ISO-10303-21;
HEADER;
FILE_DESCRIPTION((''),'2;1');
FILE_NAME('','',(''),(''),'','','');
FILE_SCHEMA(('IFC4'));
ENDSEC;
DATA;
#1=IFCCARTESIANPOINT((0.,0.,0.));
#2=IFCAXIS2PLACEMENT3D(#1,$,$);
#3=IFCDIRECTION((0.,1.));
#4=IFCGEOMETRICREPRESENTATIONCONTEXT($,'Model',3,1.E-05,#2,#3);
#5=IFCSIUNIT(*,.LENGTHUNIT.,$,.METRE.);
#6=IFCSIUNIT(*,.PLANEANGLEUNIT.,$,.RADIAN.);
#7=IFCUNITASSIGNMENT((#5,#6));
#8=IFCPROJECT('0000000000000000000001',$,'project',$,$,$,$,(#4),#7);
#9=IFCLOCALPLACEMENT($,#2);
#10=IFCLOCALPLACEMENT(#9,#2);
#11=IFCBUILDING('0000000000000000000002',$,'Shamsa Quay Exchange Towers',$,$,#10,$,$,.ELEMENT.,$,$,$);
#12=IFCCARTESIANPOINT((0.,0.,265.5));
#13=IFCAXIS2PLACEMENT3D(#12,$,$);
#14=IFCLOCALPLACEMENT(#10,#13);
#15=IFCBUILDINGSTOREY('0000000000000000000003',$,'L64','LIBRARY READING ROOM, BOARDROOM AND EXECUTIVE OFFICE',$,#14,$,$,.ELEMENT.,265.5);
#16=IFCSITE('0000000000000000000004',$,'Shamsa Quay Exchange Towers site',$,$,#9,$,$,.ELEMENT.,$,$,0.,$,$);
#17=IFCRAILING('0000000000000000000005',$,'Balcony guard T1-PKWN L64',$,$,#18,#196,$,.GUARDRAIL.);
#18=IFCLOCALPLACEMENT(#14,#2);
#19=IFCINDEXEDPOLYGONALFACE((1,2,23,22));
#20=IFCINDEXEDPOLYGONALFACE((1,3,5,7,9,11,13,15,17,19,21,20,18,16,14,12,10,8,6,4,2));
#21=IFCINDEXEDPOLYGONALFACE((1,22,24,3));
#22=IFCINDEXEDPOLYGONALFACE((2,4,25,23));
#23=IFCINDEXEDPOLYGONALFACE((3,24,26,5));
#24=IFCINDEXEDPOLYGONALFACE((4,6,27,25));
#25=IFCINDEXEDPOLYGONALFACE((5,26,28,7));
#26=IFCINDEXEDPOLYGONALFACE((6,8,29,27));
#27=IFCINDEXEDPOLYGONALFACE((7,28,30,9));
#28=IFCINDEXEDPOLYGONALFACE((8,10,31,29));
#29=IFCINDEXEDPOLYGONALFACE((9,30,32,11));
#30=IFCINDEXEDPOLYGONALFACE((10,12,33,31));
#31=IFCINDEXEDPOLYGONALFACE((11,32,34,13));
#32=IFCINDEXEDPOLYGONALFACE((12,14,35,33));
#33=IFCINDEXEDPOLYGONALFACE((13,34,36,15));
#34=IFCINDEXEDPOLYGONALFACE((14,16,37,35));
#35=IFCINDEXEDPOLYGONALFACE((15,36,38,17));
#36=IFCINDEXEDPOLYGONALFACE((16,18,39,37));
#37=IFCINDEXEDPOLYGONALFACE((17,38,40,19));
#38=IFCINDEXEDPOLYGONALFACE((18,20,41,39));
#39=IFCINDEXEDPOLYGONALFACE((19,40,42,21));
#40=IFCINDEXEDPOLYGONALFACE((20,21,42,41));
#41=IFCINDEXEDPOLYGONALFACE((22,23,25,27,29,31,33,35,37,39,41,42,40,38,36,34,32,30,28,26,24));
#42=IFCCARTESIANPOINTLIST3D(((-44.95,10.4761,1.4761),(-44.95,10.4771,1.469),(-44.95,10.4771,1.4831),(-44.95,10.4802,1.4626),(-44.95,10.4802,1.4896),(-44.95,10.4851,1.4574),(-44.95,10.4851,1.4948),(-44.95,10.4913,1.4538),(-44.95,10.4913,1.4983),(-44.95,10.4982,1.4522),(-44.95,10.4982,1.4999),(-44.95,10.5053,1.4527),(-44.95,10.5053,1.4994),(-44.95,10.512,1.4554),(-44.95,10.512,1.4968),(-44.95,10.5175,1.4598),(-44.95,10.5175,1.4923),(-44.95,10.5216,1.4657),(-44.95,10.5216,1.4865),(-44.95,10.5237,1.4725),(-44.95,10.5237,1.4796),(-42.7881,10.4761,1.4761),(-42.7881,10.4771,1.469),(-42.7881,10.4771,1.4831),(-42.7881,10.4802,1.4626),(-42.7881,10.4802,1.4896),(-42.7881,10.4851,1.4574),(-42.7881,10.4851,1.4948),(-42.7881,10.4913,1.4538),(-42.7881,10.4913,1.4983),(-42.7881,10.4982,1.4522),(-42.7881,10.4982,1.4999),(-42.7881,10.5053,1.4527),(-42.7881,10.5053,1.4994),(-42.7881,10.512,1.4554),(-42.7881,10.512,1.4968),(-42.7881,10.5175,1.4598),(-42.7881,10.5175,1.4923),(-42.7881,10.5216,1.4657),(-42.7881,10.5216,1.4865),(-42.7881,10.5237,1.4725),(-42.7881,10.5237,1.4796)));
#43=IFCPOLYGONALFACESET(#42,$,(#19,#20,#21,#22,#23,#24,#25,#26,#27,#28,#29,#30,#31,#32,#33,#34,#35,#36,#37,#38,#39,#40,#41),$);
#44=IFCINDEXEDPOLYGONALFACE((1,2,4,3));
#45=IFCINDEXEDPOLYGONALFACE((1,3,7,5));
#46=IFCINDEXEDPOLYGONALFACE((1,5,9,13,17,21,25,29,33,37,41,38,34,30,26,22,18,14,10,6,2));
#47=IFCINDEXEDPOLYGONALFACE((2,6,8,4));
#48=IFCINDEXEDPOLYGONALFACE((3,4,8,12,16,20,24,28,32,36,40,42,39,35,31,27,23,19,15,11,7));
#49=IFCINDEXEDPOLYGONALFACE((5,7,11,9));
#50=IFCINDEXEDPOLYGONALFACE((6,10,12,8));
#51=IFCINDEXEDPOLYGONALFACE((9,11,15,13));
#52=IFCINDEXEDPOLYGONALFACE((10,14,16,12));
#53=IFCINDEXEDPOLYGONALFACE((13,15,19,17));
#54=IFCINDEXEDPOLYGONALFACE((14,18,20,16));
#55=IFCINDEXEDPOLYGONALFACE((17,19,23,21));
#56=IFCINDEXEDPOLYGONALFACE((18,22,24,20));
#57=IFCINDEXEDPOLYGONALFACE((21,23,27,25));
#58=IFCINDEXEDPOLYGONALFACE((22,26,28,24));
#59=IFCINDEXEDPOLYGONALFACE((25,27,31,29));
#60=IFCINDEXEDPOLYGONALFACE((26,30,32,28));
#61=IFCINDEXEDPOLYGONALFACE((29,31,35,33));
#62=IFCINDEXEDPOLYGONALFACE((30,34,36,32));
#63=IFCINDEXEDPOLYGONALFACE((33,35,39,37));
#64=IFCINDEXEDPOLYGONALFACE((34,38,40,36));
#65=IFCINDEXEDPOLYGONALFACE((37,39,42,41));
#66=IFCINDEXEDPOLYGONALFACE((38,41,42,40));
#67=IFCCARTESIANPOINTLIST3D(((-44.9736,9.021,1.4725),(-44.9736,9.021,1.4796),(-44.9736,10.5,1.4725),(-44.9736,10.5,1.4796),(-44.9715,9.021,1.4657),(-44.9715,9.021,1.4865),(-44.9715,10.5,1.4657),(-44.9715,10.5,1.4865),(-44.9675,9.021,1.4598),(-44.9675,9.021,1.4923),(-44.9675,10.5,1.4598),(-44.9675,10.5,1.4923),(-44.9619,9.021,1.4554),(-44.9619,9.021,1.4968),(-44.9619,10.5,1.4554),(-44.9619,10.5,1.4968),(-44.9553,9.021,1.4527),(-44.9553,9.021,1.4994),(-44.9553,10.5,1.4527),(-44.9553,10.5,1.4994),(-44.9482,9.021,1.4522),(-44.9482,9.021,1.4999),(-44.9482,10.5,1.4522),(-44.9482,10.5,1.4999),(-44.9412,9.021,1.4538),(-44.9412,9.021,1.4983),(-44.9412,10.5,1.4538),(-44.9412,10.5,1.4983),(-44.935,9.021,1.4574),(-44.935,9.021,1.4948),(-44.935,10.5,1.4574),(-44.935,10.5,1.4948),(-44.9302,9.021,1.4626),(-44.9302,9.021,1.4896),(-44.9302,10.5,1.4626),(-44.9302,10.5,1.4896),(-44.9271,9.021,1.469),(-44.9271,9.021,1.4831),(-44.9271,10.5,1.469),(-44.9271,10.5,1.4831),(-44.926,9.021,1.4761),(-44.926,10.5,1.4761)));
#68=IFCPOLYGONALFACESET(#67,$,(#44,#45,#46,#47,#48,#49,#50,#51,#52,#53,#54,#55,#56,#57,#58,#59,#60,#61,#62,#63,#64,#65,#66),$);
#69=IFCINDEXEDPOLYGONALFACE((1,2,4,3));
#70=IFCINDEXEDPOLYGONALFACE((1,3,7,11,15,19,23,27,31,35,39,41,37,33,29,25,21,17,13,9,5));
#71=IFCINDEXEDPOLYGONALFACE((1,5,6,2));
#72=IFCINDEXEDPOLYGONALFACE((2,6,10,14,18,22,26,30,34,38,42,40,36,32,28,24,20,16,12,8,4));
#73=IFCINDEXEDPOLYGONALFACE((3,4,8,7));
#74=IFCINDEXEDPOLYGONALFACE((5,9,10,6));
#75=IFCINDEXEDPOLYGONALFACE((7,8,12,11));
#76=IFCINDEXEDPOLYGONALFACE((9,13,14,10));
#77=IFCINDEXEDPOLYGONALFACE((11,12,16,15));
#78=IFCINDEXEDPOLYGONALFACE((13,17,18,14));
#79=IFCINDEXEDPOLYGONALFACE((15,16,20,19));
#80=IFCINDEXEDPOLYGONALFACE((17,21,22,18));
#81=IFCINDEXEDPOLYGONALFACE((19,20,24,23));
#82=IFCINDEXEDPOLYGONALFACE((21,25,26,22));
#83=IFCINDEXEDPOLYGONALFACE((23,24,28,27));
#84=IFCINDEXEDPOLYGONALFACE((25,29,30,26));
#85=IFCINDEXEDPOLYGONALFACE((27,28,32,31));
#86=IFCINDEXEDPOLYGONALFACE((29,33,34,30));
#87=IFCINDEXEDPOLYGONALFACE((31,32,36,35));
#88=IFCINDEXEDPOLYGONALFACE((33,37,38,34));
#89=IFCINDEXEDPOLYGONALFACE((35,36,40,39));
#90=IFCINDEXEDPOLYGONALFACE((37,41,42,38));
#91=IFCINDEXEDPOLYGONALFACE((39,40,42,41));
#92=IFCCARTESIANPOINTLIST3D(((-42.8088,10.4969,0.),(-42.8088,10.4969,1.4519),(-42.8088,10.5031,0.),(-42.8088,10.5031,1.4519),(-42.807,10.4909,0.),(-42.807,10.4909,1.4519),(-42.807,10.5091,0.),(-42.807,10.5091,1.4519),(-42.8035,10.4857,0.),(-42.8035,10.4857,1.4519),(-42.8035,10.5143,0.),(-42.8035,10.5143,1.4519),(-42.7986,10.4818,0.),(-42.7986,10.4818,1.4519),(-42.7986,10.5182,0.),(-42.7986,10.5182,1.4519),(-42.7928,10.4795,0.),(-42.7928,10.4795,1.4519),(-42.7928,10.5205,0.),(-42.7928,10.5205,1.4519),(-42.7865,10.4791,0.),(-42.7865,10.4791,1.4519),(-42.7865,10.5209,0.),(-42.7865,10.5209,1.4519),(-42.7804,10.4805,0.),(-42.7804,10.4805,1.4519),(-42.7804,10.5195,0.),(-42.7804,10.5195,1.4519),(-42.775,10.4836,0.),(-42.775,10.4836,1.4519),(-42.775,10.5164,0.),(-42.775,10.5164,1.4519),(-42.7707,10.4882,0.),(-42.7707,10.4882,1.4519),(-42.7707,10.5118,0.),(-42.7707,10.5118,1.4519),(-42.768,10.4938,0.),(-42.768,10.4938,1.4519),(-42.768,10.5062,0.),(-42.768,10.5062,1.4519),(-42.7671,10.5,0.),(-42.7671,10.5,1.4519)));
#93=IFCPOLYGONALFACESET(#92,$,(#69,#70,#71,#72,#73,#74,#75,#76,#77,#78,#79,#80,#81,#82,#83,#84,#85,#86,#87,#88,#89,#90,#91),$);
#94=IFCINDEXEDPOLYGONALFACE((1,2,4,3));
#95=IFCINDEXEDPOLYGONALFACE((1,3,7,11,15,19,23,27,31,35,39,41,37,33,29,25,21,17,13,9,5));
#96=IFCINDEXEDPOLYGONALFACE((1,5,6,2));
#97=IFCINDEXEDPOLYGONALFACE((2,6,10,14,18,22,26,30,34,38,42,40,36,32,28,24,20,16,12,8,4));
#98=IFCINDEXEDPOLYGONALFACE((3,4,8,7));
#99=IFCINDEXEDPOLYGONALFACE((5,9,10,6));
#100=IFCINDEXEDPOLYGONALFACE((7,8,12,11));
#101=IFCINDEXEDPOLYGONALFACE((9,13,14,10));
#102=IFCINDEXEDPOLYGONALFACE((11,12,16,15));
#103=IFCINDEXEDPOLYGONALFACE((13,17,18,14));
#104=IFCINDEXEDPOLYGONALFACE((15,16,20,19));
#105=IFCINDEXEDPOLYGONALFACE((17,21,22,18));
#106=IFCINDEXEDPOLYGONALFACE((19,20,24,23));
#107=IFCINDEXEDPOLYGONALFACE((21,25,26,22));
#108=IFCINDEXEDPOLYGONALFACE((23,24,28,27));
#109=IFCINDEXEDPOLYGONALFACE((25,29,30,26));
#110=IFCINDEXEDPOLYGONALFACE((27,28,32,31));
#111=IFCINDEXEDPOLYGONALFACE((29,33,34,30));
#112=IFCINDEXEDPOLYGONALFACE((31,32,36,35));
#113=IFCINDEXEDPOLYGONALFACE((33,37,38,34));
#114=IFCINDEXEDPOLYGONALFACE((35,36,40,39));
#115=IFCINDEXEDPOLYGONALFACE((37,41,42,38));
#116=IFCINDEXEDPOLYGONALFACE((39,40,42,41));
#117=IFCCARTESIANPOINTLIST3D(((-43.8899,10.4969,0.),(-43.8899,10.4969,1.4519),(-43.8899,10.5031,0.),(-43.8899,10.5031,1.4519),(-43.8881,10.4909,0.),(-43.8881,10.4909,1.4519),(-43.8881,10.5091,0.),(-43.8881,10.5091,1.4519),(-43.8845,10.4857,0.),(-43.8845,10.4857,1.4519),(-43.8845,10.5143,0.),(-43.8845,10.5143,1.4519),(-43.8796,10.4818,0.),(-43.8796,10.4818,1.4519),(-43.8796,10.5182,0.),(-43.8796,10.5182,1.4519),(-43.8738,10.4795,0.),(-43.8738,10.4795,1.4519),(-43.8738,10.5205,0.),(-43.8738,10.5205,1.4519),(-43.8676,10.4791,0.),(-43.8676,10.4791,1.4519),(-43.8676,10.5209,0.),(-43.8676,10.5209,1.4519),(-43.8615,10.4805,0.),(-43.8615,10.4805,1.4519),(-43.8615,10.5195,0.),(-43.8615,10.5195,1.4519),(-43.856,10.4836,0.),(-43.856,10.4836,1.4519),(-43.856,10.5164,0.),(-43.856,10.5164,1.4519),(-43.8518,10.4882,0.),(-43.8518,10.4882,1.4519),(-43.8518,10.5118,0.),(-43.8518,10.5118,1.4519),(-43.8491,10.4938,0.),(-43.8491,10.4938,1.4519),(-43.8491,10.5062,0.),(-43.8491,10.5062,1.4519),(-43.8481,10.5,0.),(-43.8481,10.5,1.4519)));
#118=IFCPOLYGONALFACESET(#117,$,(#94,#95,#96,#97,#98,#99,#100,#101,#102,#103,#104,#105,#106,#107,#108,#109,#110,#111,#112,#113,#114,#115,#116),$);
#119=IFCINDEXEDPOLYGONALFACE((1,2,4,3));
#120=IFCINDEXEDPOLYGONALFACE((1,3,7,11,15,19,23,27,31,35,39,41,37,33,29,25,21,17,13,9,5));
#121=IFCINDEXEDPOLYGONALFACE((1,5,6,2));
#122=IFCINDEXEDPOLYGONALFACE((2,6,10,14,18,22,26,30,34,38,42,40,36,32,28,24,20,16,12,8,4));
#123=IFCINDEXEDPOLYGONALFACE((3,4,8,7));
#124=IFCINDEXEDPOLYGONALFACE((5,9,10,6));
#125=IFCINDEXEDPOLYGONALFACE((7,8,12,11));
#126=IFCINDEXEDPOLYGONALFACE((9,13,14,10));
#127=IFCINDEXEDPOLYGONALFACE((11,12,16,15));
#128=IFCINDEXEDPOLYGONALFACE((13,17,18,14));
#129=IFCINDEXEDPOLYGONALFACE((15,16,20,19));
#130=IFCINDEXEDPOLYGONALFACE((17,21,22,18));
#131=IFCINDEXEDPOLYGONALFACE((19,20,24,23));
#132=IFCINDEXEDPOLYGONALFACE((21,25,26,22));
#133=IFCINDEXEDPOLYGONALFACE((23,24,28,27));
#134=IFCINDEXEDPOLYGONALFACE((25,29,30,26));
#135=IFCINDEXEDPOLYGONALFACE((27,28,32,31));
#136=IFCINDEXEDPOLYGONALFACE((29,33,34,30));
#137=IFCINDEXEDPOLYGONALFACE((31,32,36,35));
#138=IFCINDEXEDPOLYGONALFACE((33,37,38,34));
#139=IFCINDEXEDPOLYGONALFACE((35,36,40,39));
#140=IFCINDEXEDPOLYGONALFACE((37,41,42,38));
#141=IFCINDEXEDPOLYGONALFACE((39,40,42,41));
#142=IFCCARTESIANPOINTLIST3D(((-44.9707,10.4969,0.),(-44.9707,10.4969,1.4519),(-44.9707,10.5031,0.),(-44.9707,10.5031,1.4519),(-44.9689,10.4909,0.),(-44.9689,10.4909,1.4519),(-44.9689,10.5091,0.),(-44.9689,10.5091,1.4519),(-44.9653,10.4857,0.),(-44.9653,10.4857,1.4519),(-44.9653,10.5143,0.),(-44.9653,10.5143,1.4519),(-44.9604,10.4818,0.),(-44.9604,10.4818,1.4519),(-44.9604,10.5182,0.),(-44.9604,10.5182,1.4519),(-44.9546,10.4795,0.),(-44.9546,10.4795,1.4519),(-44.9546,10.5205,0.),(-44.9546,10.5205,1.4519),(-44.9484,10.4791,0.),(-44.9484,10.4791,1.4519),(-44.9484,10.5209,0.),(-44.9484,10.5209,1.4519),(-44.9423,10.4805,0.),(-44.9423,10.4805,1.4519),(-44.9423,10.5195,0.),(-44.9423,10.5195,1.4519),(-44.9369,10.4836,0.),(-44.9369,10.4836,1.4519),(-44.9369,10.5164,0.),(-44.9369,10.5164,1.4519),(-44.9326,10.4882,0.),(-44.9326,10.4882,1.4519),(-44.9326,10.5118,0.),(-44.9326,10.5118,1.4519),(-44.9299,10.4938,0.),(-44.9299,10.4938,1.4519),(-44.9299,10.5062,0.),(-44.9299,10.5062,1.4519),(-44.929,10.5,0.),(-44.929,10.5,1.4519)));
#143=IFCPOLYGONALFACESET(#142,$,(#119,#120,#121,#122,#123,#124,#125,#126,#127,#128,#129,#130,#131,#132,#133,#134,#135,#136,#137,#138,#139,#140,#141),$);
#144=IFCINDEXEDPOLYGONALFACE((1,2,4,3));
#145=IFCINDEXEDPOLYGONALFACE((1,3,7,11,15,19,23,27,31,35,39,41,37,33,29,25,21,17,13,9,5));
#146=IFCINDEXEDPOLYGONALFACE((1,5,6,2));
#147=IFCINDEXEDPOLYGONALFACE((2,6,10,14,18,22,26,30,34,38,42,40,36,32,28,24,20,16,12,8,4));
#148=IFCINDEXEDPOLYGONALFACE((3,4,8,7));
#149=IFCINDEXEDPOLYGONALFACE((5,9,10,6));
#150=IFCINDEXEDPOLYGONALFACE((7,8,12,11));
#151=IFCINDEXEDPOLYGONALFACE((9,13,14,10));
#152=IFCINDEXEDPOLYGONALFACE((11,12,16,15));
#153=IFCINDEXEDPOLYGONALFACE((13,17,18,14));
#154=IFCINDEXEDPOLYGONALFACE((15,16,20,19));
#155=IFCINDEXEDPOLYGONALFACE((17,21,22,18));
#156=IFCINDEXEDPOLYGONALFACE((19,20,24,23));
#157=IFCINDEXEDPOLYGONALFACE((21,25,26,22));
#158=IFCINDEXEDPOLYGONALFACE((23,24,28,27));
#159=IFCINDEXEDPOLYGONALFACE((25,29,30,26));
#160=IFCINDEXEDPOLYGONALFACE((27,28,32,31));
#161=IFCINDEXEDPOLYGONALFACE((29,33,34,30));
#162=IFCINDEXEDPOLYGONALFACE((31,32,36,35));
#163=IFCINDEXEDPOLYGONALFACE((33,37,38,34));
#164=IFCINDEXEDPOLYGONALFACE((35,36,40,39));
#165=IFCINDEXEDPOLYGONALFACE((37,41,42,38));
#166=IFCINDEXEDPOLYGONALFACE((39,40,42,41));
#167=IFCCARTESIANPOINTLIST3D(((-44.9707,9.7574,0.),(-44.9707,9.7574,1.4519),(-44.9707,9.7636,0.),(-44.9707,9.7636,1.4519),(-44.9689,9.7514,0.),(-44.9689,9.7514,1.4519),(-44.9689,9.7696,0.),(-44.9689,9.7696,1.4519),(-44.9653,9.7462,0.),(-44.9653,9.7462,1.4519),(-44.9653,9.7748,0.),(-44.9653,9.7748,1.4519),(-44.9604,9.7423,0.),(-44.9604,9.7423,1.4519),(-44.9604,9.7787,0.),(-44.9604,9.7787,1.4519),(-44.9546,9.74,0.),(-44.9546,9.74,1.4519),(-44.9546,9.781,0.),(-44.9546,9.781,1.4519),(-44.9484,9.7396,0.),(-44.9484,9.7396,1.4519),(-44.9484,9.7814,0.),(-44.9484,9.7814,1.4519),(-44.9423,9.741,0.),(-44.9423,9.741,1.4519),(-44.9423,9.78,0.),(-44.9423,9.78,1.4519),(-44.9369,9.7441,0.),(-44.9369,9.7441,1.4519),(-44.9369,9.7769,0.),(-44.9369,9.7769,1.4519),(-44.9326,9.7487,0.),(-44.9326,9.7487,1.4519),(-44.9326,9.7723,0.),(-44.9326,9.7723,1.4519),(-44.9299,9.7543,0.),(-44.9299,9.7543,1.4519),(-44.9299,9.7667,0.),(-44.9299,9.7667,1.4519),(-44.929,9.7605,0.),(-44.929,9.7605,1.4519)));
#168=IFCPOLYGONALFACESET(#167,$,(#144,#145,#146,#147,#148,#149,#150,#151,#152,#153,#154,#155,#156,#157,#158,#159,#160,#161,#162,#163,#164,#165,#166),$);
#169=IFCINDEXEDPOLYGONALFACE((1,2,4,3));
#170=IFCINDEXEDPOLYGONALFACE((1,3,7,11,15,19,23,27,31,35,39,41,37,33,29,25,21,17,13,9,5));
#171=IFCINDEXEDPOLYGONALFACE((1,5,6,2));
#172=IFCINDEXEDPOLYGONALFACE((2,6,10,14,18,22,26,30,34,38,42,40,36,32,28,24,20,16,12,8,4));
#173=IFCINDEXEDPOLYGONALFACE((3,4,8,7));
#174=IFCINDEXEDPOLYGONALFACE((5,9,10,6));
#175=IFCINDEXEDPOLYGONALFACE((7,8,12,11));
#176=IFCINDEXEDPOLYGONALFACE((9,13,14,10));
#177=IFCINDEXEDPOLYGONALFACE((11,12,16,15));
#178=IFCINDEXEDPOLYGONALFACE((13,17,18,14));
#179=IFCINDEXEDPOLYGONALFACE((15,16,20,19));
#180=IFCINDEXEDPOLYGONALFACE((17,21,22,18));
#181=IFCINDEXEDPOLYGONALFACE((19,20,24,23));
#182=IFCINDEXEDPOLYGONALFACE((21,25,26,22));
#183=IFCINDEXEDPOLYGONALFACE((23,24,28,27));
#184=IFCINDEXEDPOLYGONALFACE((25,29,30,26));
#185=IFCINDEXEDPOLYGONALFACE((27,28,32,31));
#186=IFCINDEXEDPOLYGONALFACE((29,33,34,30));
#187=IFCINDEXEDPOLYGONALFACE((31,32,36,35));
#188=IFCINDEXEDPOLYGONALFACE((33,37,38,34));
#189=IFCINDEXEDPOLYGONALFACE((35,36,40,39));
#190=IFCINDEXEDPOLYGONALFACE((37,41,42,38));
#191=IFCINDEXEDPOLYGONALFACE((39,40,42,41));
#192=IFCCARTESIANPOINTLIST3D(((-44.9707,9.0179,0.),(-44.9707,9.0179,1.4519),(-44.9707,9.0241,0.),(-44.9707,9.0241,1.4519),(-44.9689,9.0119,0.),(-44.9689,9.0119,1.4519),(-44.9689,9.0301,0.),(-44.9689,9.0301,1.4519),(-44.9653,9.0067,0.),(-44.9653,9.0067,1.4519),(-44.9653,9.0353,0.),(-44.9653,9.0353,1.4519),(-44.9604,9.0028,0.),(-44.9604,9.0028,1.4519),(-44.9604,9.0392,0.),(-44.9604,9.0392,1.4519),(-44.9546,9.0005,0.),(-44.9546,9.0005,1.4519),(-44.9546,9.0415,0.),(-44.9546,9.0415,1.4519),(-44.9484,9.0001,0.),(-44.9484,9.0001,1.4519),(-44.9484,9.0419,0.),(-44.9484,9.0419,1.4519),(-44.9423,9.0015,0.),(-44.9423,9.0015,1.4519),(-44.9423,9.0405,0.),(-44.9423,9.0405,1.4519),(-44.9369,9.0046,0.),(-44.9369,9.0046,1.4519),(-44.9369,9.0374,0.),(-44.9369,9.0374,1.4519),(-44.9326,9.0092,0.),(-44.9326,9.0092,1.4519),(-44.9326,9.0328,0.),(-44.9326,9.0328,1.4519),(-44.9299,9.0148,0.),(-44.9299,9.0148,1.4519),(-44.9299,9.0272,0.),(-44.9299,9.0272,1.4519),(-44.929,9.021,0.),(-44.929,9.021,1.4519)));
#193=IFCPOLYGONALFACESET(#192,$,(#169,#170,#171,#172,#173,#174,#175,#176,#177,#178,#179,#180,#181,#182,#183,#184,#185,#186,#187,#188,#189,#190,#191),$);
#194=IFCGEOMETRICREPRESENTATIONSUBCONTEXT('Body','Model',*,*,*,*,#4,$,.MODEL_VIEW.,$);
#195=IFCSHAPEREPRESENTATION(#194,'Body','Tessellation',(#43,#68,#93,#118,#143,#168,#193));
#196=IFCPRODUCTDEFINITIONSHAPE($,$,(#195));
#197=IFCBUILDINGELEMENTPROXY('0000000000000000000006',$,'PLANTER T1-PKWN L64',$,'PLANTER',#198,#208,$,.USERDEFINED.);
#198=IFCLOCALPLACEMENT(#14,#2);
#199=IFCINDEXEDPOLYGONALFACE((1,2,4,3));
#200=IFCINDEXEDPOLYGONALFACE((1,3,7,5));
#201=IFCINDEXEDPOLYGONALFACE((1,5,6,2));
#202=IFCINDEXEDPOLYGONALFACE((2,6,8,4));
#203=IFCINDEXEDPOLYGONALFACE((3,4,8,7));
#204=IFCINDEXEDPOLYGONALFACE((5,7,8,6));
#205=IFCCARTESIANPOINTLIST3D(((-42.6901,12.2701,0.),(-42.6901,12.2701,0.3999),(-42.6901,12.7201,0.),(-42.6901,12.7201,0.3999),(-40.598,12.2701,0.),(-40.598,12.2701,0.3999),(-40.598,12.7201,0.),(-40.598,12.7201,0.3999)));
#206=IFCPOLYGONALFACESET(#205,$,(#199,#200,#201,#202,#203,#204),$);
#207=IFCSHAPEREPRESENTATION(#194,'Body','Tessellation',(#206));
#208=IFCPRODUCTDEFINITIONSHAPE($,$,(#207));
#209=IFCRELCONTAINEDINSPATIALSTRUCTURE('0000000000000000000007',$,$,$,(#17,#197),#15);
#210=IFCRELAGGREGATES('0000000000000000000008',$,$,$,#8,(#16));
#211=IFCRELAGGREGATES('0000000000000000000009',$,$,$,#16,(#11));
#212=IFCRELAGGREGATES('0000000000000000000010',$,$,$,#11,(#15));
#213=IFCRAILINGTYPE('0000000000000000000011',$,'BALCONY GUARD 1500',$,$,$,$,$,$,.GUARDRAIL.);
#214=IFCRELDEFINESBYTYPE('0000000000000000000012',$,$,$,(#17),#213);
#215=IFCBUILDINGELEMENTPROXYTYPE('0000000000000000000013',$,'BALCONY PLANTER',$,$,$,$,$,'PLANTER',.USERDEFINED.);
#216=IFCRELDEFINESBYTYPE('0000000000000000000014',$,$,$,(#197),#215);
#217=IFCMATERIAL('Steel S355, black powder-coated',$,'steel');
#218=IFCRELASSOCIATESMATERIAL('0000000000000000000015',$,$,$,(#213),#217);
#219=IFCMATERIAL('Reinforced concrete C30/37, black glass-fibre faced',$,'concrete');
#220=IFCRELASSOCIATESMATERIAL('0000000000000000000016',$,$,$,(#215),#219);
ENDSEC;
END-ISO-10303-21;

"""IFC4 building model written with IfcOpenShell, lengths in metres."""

from ifc_helpers import new_model, si_unit, direction, frame, origin, origin_2d, place, context, subcontext, project, spatial, rectangle, circle, extrude, material, type_object, element, save


model = new_model("IFC4")

# Units and contexts
model_context = context("Model", 3, precision=1e-05, world=origin(), true_north=direction((0.0, 1.0)))
body_context = subcontext(model_context, "Body", "Model", "MODEL_VIEW")
ifc_project = project(units=[si_unit("LENGTHUNIT", "METRE"), si_unit("PLANEANGLEUNIT", "RADIAN")], contexts=[model_context])

# Site, building, storey
site_placement = place(None, origin())
site = spatial("IfcSite", under=ifc_project, at=site_placement, Name="Shamsa Quay Exchange Towers site", CompositionType="ELEMENT", RefElevation=0.0)
building_placement = place(site_placement, origin())
building = spatial("IfcBuilding", under=site, at=building_placement, Name="Shamsa Quay Exchange Towers", CompositionType="ELEMENT")
storey_placement = place(building_placement, frame((0.0, 0.0, 265.5)))
storey = spatial("IfcBuildingStorey", under=building, at=storey_placement, Name="L64", Description="LIBRARY READING ROOM, BOARDROOM AND EXECUTIVE OFFICE", CompositionType="ELEMENT", Elevation=265.5)

# Railing
ifc_material_1 = material(Name="Steel S355, black powder-coated", Category="steel")
railing_type_1 = type_object("IfcRailingType", Name="BALCONY GUARD 1500", PredefinedType="GUARDRAIL", material=ifc_material_1)
for number, where, name in (
    (1, (-42.7881, 10.5, 0.0), "Balcony guard T1-PKWN L64"),
):
    element("IfcRailing", number, at=place(storey_placement, frame(where)), inside=storey, type_object=railing_type_1, Name=name, PredefinedType="GUARDRAIL", context=body_context, shape_type="SweptSolid", body=[
        extrude(circle(Radius=0.0239, at=origin_2d()), frame((0.0, 0.0, 1.4761), z_axis=(-1.0, 0.0, 0.0), x_axis=(0.0, -1.0, 0.0)), (0.0, 0.0, 1.0), 2.1619),
        extrude(circle(Radius=0.0239, at=origin_2d()), frame((-2.1619, 0.0, 1.4761), z_axis=(0.0, -1.0, 0.0), x_axis=(1.0, 0.0, 0.0)), (0.0, 0.0, 1.0), 1.479),
        extrude(circle(Radius=0.021, at=origin_2d()), origin(), (0.0, 0.0, 1.0), 1.4519),
        extrude(circle(Radius=0.021, at=origin_2d()), frame((-1.0811, 0.0, 0.0)), (0.0, 0.0, 1.0), 1.4519),
        extrude(circle(Radius=0.021, at=origin_2d()), frame((-2.1619, 0.0, 0.0)), (0.0, 0.0, 1.0), 1.4519),
        extrude(circle(Radius=0.021, at=origin_2d()), frame((-2.1619, -0.7395, 0.0)), (0.0, 0.0, 1.0), 1.4519),
        extrude(circle(Radius=0.021, at=origin_2d()), frame((-2.1619, -1.479, 0.0)), (0.0, 0.0, 1.0), 1.4519),
    ])

# Building element proxy
ifc_material_2 = material(Name="Reinforced concrete C30/37, black glass-fibre faced", Category="concrete")
building_element_proxy_type = type_object("IfcBuildingElementProxyType", Name="BALCONY PLANTER", ElementType="PLANTER", PredefinedType="USERDEFINED", material=ifc_material_2)
proxy_placement = place(storey_placement, frame((-41.644, 12.4951, 0.0), z_axis=(0.0, 0.0, 1.0), x_axis=(-1.0, 0.0, 0.0)))
element("IfcBuildingElementProxy", 2, at=proxy_placement, inside=storey, type_object=building_element_proxy_type, Name="PLANTER T1-PKWN L64", ObjectType="PLANTER", PredefinedType="USERDEFINED", context=body_context, shape_type="SweptSolid", body=[
    extrude(rectangle(XDim=2.092, YDim=0.45, at=origin_2d()), origin(), (0.0, 0.0, 1.0), 0.3999),
])

save(model, "model.ifc")
